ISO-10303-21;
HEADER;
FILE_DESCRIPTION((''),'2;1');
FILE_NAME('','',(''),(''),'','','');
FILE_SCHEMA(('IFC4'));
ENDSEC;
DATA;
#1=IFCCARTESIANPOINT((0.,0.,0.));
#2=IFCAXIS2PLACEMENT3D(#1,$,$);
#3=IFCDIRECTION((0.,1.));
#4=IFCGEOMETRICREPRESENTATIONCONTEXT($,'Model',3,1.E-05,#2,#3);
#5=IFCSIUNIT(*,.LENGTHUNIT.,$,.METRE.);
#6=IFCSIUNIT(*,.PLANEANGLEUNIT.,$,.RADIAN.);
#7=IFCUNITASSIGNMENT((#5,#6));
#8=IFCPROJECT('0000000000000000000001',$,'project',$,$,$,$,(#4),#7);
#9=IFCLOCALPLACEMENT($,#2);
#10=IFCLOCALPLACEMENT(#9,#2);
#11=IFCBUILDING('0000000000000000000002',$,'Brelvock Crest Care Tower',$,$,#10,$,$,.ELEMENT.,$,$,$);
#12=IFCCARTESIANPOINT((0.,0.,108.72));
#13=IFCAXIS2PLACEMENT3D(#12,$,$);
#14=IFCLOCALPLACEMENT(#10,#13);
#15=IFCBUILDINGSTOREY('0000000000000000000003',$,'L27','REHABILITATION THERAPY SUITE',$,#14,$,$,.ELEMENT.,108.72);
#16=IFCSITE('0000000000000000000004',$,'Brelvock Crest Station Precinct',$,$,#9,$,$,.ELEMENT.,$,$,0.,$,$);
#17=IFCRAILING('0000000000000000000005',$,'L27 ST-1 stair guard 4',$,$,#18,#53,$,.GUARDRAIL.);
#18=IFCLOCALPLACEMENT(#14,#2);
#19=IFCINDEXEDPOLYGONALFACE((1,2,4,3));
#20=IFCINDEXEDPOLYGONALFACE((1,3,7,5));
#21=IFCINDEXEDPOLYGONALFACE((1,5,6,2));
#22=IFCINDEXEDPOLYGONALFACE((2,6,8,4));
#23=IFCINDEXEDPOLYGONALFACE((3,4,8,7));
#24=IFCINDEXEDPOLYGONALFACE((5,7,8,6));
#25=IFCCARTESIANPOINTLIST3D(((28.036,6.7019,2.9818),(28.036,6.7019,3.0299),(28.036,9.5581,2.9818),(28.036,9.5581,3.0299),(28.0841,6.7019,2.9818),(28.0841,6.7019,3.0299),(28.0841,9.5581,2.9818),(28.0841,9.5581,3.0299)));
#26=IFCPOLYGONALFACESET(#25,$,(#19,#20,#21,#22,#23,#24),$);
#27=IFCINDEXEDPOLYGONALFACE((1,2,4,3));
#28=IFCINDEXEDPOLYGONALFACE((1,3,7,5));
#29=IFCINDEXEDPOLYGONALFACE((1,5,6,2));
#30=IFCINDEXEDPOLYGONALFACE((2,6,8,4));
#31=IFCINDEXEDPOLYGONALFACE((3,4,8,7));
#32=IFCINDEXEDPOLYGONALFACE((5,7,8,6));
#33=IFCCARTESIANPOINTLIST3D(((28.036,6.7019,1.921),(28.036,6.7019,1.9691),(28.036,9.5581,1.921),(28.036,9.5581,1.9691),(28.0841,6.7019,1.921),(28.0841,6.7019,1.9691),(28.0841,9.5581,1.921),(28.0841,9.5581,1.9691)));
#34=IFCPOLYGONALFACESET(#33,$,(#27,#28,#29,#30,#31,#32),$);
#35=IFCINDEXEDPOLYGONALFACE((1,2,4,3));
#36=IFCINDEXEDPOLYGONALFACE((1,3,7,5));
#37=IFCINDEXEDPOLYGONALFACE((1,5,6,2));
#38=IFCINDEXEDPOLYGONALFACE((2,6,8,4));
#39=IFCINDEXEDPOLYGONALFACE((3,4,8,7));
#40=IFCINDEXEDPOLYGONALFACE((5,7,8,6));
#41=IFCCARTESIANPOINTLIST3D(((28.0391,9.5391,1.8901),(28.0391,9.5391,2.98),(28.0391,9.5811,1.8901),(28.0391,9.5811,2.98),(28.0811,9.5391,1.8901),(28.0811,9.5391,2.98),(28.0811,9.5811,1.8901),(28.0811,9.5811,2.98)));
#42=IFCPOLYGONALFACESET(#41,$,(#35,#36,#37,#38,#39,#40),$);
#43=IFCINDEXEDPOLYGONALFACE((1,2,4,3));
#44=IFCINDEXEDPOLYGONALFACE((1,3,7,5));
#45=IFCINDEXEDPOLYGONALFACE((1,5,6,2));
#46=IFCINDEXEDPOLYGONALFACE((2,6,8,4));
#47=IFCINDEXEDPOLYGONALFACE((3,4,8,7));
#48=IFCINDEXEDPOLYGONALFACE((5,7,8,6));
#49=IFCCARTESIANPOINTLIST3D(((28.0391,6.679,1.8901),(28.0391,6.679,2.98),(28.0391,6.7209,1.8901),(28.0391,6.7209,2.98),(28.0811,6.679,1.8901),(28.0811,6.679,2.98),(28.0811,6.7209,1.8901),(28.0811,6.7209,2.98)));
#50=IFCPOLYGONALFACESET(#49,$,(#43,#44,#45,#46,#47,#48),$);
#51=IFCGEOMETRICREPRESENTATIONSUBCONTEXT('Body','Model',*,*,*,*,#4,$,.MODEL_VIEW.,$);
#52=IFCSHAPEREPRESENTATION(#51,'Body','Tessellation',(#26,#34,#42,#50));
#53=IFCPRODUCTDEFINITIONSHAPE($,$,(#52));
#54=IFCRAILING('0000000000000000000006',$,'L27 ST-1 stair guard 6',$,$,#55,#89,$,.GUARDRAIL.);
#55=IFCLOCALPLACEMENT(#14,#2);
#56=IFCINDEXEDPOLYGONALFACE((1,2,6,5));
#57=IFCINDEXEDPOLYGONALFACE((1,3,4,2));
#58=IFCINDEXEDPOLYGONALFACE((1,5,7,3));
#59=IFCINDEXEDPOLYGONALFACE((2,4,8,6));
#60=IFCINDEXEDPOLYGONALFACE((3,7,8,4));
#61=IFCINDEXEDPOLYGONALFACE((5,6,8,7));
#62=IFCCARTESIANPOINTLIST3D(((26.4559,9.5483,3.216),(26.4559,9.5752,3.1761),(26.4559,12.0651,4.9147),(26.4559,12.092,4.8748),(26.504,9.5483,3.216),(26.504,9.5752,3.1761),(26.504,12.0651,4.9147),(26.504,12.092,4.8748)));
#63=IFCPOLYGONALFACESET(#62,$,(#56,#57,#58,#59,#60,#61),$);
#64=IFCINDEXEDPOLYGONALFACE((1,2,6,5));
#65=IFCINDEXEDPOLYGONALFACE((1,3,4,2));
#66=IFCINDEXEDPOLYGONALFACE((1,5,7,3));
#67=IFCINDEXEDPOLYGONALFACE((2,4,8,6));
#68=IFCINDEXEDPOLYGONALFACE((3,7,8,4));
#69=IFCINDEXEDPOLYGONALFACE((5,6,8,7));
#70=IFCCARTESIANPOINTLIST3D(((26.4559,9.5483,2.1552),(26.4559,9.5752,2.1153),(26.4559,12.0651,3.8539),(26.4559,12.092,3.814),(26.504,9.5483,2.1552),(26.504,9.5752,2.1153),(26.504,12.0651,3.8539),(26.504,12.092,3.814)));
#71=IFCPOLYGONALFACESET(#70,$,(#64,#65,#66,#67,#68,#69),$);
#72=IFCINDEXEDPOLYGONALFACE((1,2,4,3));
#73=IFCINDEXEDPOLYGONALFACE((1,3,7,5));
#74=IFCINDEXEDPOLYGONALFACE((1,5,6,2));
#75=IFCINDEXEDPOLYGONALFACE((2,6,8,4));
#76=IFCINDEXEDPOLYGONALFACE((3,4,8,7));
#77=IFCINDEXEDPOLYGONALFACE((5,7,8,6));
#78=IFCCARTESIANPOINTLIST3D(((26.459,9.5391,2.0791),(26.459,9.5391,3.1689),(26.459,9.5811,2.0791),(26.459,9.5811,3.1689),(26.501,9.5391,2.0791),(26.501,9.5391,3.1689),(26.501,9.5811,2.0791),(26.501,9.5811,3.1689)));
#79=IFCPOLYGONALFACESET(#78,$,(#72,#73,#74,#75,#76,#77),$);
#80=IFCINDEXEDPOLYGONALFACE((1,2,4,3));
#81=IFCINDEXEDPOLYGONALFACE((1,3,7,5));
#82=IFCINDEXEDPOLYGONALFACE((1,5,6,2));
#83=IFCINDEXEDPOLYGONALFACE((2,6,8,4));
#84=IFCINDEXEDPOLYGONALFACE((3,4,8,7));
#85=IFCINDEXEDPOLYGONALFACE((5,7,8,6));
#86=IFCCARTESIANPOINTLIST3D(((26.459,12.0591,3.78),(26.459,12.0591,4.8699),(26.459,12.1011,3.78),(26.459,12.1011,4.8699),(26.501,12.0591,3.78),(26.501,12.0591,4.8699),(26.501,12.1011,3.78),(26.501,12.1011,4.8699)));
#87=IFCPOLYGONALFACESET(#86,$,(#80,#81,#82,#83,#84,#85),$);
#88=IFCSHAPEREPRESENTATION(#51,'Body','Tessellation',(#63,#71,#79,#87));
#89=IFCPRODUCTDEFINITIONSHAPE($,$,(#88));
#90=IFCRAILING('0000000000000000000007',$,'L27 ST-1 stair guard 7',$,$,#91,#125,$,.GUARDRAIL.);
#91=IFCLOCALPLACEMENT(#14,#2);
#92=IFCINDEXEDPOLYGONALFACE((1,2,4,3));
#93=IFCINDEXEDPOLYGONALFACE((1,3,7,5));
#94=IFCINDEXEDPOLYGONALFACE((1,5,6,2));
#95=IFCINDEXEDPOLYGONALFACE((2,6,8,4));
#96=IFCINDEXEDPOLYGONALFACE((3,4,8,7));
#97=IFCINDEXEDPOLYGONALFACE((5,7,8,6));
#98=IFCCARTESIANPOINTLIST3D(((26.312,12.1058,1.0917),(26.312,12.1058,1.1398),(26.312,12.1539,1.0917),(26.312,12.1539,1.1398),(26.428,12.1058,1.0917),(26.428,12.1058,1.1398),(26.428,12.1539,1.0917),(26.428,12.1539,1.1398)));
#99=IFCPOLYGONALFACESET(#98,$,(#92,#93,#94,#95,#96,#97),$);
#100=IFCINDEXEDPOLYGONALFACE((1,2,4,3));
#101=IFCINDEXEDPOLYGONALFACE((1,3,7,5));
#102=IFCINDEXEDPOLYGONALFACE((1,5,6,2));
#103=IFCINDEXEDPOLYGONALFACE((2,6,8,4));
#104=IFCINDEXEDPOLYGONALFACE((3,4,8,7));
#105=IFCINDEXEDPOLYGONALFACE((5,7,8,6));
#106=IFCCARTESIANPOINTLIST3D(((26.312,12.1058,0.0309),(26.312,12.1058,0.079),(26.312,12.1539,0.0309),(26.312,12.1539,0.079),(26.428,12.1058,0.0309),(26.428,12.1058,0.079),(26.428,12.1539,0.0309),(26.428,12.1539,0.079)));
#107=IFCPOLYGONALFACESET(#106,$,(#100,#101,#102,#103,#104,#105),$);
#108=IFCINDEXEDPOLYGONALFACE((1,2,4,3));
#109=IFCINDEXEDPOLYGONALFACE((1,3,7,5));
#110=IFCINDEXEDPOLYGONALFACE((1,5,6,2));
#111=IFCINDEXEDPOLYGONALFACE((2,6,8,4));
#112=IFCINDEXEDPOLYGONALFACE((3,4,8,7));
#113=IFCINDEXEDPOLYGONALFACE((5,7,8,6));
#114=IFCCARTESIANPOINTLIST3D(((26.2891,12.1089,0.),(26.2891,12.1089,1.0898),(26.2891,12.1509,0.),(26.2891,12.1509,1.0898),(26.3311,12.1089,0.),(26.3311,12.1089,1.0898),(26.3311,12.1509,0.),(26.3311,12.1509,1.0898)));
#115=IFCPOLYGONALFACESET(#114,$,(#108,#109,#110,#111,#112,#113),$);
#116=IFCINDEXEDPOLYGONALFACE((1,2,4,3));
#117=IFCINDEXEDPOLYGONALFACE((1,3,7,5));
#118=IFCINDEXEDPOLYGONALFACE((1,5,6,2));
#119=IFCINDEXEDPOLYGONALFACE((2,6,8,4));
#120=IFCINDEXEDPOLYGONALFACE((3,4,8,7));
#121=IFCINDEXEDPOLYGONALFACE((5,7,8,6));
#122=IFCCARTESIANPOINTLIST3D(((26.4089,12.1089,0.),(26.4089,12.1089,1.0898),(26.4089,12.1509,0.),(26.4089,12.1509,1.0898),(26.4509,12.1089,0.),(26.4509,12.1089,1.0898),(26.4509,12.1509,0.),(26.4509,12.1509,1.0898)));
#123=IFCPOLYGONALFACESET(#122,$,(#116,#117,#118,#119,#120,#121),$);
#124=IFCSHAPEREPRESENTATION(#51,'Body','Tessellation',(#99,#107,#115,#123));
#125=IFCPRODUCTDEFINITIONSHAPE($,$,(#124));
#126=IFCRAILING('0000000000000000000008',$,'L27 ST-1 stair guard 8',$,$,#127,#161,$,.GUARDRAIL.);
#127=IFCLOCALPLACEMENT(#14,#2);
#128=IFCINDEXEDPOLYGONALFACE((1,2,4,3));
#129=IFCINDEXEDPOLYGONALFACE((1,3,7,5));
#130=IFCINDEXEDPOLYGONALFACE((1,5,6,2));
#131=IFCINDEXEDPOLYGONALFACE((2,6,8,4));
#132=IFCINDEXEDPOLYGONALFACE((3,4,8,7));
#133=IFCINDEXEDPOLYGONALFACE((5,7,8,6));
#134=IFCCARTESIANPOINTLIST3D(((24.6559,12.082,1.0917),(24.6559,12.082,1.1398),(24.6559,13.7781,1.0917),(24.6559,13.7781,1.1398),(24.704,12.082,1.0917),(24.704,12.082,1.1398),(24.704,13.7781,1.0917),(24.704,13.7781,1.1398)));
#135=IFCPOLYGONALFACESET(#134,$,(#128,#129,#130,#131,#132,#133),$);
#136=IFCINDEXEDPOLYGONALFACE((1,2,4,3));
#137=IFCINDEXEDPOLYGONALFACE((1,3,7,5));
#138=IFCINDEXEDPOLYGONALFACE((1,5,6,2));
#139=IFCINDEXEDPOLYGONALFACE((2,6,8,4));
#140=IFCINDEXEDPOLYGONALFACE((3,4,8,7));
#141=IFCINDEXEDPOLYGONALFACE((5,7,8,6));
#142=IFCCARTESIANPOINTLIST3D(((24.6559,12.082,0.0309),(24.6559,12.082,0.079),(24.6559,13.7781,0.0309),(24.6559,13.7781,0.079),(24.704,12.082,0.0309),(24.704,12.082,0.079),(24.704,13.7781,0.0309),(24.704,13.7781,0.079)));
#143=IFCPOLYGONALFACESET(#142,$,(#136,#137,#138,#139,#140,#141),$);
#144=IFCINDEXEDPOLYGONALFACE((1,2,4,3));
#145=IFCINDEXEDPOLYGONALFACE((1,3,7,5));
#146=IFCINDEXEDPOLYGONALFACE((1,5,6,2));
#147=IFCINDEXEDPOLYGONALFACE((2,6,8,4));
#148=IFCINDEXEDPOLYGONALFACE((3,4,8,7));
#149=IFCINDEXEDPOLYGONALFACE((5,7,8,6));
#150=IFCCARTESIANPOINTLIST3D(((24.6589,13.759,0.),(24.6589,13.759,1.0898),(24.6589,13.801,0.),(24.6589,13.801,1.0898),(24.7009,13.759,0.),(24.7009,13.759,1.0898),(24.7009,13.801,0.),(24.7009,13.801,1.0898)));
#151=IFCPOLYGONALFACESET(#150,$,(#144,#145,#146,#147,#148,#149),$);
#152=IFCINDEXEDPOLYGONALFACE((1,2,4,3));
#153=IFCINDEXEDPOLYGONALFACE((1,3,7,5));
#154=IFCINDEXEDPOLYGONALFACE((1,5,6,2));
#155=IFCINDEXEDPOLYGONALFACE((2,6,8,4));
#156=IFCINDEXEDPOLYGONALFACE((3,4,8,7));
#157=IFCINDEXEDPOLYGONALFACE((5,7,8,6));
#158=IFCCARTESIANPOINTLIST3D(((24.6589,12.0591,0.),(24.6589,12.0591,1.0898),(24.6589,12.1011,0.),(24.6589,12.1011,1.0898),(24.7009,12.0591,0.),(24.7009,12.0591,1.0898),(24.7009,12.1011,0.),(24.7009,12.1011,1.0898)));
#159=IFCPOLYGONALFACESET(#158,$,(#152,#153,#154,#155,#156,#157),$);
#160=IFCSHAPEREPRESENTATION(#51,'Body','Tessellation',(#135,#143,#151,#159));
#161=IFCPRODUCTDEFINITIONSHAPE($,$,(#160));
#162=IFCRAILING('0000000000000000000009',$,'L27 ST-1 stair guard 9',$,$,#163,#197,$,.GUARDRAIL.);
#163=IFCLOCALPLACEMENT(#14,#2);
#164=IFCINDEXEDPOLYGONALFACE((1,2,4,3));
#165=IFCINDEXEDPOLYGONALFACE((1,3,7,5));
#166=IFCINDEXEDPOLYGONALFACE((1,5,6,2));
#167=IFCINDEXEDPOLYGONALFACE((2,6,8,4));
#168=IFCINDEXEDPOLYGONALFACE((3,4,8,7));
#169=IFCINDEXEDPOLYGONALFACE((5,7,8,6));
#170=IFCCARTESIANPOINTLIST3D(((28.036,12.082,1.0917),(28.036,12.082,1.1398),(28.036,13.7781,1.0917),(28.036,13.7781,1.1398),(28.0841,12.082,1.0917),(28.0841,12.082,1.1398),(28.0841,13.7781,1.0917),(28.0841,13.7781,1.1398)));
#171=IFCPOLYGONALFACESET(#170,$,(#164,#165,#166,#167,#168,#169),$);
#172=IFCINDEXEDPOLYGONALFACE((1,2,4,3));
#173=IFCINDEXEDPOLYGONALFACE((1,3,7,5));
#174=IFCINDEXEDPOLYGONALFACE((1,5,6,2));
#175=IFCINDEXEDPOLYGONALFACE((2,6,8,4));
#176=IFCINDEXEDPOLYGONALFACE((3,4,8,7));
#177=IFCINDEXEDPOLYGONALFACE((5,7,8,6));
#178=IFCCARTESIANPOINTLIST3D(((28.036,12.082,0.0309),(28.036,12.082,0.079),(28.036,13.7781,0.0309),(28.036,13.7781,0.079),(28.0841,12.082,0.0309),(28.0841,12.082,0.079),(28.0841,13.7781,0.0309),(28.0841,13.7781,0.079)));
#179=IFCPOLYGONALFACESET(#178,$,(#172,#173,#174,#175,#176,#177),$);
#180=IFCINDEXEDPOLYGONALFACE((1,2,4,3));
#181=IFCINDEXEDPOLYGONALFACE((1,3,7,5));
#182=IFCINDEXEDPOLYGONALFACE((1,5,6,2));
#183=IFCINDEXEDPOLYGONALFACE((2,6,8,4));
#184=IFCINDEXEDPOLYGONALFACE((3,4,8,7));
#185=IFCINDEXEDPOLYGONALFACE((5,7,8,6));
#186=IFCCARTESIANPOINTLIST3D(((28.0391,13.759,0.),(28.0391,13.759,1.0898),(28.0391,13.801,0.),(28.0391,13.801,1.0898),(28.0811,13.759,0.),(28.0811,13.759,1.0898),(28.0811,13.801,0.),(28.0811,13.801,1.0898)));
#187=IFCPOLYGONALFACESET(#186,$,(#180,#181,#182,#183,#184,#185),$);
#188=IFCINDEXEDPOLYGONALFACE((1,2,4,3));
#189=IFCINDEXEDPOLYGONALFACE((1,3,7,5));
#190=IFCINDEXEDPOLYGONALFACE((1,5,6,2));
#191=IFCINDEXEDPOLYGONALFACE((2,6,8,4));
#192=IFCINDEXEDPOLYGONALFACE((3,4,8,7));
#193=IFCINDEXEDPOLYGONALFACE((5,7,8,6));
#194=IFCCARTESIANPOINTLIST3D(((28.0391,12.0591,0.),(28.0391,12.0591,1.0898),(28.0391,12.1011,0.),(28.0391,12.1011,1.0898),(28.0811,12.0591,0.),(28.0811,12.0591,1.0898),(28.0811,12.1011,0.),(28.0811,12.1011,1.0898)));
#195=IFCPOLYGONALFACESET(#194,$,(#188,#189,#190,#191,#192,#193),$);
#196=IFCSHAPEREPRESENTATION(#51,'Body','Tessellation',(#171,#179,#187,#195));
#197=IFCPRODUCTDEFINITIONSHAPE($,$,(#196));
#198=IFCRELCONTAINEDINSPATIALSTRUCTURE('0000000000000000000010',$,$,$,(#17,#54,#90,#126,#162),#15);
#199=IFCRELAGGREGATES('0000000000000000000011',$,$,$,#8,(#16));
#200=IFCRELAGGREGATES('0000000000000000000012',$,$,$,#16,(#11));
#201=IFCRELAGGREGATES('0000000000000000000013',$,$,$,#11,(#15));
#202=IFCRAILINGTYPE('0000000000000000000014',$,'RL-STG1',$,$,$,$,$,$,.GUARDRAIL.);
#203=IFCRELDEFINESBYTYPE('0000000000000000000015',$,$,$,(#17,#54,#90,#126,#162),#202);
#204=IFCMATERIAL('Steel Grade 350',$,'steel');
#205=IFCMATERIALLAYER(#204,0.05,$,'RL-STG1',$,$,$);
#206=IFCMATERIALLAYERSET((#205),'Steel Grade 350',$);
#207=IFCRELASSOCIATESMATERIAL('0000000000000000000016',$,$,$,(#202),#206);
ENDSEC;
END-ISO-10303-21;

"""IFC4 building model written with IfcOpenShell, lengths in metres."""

from ifc_helpers import new_model, si_unit, direction, frame, origin, origin_2d, place, context, subcontext, project, spatial, rectangle, extrude, material, layer, layer_set, type_object, element, save


model = new_model("IFC4")

# Units and contexts
model_context = context("Model", 3, precision=1e-05, world=origin(), true_north=direction((0.0, 1.0)))
body_context = subcontext(model_context, "Body", "Model", "MODEL_VIEW")
ifc_project = project(units=[si_unit("LENGTHUNIT", "METRE"), si_unit("PLANEANGLEUNIT", "RADIAN")], contexts=[model_context])

# Site, building, storey
site_placement = place(None, origin())
site = spatial("IfcSite", under=ifc_project, at=site_placement, Name="Brelvock Crest Station Precinct", CompositionType="ELEMENT", RefElevation=0.0)
building_placement = place(site_placement, origin())
building = spatial("IfcBuilding", under=site, at=building_placement, Name="Brelvock Crest Care Tower", CompositionType="ELEMENT")
storey_placement = place(building_placement, frame((0.0, 0.0, 108.72)))
storey = spatial("IfcBuildingStorey", under=building, at=storey_placement, Name="L27", Description="REHABILITATION THERAPY SUITE", CompositionType="ELEMENT", Elevation=108.72)

# Shared definitions
ifc_material_1 = material(Name="Steel Grade 350", Category="steel")

# Railings
ifc_layer_1 = layer(ifc_material_1, 0.05, Name="RL-STG1")
ifc_layer_set_1 = layer_set([ifc_layer_1], Name="Steel Grade 350")
railing_type_1 = type_object("IfcRailingType", Name="RL-STG1", PredefinedType="GUARDRAIL", material=ifc_layer_set_1)
for number, where, name in (
    (1, (28.0601, 9.5601, 1.8901), "L27 ST-1 stair guard 4"),
):
    element("IfcRailing", number, at=place(storey_placement, frame(where)), inside=storey, type_object=railing_type_1, Name=name, PredefinedType="GUARDRAIL", context=body_context, shape_type="SweptSolid", body=[
        extrude(rectangle(XDim=0.0481, YDim=0.0481, at=origin_2d()), frame((0.0, -0.002, 1.1157), z_axis=(0.0, -1.0, 0.0), x_axis=(1.0, 0.0, 0.0)), (0.0, 0.0, 1.0), 2.8562),
        extrude(rectangle(XDim=0.0481, YDim=0.0481, at=origin_2d()), frame((0.0, -0.002, 0.0549), z_axis=(0.0, -1.0, 0.0), x_axis=(1.0, 0.0, 0.0)), (0.0, 0.0, 1.0), 2.8562),
        extrude(rectangle(XDim=0.042, YDim=0.042, at=origin_2d()), origin(), (0.0, 0.0, 1.0), 1.0898),
        extrude(rectangle(XDim=0.042, YDim=0.042, at=origin_2d()), frame((0.0, -2.8601, 0.0)), (0.0, 0.0, 1.0), 1.0898),
    ])
railing_1_placement = place(storey_placement, frame((26.48, 9.5601, 2.0791)))
element("IfcRailing", 2, at=railing_1_placement, inside=storey, type_object=railing_type_1, Name="L27 ST-1 stair guard 6", PredefinedType="GUARDRAIL", context=body_context, shape_type="SweptSolid", body=[
    extrude(rectangle(XDim=0.0481, YDim=0.0481, at=origin_2d()), frame((0.0, 0.0017, 1.1169), z_axis=(0.0, 0.828862, 0.559454), x_axis=(-1.0, 0.0, 0.0)), (0.0, 0.0, 1.0), 3.0364),
    extrude(rectangle(XDim=0.0481, YDim=0.0481, at=origin_2d()), frame((0.0, 0.0017, 0.0562), z_axis=(0.0, 0.828862, 0.559454), x_axis=(-1.0, 0.0, 0.0)), (0.0, 0.0, 1.0), 3.0364),
    extrude(rectangle(XDim=0.042, YDim=0.042, at=origin_2d()), origin(), (0.0, 0.0, 1.0), 1.0898),
    extrude(rectangle(XDim=0.042, YDim=0.042, at=origin_2d()), frame((0.0, 2.52, 1.7009)), (0.0, 0.0, 1.0), 1.0898),
])
railing_2_placement = place(storey_placement, frame((26.3101, 12.1299, 0.0)))
element("IfcRailing", 3, at=railing_2_placement, inside=storey, type_object=railing_type_1, Name="L27 ST-1 stair guard 7", PredefinedType="GUARDRAIL", context=body_context, shape_type="SweptSolid", body=[
    extrude(rectangle(XDim=0.0481, YDim=0.0481, at=origin_2d()), frame((0.002, 0.0, 1.1157), z_axis=(1.0, 0.0, 0.0), x_axis=(0.0, 1.0, 0.0)), (0.0, 0.0, 1.0), 0.116),
    extrude(rectangle(XDim=0.0481, YDim=0.0481, at=origin_2d()), frame((0.002, 0.0, 0.0549), z_axis=(1.0, 0.0, 0.0), x_axis=(0.0, 1.0, 0.0)), (0.0, 0.0, 1.0), 0.116),
    extrude(rectangle(XDim=0.042, YDim=0.042, at=origin_2d()), origin(), (0.0, 0.0, 1.0), 1.0898),
    extrude(rectangle(XDim=0.042, YDim=0.042, at=origin_2d()), frame((0.1199, 0.0, 0.0)), (0.0, 0.0, 1.0), 1.0898),
])
for number, where, name in (
    (4, (24.6799, 13.78, 0.0), "L27 ST-1 stair guard 8"),
    (5, (28.0601, 13.78, 0.0), "L27 ST-1 stair guard 9"),
):
    element("IfcRailing", number, at=place(storey_placement, frame(where)), inside=storey, type_object=railing_type_1, Name=name, PredefinedType="GUARDRAIL", context=body_context, shape_type="SweptSolid", body=[
        extrude(rectangle(XDim=0.0481, YDim=0.0481, at=origin_2d()), frame((0.0, -0.002, 1.1157), z_axis=(0.0, -1.0, 0.0), x_axis=(1.0, 0.0, 0.0)), (0.0, 0.0, 1.0), 1.696),
        extrude(rectangle(XDim=0.0481, YDim=0.0481, at=origin_2d()), frame((0.0, -0.002, 0.0549), z_axis=(0.0, -1.0, 0.0), x_axis=(1.0, 0.0, 0.0)), (0.0, 0.0, 1.0), 1.696),
        extrude(rectangle(XDim=0.042, YDim=0.042, at=origin_2d()), origin(), (0.0, 0.0, 1.0), 1.0898),
        extrude(rectangle(XDim=0.042, YDim=0.042, at=origin_2d()), frame((0.0, -1.7, 0.0)), (0.0, 0.0, 1.0), 1.0898),
    ])

save(model, "model.ifc")
